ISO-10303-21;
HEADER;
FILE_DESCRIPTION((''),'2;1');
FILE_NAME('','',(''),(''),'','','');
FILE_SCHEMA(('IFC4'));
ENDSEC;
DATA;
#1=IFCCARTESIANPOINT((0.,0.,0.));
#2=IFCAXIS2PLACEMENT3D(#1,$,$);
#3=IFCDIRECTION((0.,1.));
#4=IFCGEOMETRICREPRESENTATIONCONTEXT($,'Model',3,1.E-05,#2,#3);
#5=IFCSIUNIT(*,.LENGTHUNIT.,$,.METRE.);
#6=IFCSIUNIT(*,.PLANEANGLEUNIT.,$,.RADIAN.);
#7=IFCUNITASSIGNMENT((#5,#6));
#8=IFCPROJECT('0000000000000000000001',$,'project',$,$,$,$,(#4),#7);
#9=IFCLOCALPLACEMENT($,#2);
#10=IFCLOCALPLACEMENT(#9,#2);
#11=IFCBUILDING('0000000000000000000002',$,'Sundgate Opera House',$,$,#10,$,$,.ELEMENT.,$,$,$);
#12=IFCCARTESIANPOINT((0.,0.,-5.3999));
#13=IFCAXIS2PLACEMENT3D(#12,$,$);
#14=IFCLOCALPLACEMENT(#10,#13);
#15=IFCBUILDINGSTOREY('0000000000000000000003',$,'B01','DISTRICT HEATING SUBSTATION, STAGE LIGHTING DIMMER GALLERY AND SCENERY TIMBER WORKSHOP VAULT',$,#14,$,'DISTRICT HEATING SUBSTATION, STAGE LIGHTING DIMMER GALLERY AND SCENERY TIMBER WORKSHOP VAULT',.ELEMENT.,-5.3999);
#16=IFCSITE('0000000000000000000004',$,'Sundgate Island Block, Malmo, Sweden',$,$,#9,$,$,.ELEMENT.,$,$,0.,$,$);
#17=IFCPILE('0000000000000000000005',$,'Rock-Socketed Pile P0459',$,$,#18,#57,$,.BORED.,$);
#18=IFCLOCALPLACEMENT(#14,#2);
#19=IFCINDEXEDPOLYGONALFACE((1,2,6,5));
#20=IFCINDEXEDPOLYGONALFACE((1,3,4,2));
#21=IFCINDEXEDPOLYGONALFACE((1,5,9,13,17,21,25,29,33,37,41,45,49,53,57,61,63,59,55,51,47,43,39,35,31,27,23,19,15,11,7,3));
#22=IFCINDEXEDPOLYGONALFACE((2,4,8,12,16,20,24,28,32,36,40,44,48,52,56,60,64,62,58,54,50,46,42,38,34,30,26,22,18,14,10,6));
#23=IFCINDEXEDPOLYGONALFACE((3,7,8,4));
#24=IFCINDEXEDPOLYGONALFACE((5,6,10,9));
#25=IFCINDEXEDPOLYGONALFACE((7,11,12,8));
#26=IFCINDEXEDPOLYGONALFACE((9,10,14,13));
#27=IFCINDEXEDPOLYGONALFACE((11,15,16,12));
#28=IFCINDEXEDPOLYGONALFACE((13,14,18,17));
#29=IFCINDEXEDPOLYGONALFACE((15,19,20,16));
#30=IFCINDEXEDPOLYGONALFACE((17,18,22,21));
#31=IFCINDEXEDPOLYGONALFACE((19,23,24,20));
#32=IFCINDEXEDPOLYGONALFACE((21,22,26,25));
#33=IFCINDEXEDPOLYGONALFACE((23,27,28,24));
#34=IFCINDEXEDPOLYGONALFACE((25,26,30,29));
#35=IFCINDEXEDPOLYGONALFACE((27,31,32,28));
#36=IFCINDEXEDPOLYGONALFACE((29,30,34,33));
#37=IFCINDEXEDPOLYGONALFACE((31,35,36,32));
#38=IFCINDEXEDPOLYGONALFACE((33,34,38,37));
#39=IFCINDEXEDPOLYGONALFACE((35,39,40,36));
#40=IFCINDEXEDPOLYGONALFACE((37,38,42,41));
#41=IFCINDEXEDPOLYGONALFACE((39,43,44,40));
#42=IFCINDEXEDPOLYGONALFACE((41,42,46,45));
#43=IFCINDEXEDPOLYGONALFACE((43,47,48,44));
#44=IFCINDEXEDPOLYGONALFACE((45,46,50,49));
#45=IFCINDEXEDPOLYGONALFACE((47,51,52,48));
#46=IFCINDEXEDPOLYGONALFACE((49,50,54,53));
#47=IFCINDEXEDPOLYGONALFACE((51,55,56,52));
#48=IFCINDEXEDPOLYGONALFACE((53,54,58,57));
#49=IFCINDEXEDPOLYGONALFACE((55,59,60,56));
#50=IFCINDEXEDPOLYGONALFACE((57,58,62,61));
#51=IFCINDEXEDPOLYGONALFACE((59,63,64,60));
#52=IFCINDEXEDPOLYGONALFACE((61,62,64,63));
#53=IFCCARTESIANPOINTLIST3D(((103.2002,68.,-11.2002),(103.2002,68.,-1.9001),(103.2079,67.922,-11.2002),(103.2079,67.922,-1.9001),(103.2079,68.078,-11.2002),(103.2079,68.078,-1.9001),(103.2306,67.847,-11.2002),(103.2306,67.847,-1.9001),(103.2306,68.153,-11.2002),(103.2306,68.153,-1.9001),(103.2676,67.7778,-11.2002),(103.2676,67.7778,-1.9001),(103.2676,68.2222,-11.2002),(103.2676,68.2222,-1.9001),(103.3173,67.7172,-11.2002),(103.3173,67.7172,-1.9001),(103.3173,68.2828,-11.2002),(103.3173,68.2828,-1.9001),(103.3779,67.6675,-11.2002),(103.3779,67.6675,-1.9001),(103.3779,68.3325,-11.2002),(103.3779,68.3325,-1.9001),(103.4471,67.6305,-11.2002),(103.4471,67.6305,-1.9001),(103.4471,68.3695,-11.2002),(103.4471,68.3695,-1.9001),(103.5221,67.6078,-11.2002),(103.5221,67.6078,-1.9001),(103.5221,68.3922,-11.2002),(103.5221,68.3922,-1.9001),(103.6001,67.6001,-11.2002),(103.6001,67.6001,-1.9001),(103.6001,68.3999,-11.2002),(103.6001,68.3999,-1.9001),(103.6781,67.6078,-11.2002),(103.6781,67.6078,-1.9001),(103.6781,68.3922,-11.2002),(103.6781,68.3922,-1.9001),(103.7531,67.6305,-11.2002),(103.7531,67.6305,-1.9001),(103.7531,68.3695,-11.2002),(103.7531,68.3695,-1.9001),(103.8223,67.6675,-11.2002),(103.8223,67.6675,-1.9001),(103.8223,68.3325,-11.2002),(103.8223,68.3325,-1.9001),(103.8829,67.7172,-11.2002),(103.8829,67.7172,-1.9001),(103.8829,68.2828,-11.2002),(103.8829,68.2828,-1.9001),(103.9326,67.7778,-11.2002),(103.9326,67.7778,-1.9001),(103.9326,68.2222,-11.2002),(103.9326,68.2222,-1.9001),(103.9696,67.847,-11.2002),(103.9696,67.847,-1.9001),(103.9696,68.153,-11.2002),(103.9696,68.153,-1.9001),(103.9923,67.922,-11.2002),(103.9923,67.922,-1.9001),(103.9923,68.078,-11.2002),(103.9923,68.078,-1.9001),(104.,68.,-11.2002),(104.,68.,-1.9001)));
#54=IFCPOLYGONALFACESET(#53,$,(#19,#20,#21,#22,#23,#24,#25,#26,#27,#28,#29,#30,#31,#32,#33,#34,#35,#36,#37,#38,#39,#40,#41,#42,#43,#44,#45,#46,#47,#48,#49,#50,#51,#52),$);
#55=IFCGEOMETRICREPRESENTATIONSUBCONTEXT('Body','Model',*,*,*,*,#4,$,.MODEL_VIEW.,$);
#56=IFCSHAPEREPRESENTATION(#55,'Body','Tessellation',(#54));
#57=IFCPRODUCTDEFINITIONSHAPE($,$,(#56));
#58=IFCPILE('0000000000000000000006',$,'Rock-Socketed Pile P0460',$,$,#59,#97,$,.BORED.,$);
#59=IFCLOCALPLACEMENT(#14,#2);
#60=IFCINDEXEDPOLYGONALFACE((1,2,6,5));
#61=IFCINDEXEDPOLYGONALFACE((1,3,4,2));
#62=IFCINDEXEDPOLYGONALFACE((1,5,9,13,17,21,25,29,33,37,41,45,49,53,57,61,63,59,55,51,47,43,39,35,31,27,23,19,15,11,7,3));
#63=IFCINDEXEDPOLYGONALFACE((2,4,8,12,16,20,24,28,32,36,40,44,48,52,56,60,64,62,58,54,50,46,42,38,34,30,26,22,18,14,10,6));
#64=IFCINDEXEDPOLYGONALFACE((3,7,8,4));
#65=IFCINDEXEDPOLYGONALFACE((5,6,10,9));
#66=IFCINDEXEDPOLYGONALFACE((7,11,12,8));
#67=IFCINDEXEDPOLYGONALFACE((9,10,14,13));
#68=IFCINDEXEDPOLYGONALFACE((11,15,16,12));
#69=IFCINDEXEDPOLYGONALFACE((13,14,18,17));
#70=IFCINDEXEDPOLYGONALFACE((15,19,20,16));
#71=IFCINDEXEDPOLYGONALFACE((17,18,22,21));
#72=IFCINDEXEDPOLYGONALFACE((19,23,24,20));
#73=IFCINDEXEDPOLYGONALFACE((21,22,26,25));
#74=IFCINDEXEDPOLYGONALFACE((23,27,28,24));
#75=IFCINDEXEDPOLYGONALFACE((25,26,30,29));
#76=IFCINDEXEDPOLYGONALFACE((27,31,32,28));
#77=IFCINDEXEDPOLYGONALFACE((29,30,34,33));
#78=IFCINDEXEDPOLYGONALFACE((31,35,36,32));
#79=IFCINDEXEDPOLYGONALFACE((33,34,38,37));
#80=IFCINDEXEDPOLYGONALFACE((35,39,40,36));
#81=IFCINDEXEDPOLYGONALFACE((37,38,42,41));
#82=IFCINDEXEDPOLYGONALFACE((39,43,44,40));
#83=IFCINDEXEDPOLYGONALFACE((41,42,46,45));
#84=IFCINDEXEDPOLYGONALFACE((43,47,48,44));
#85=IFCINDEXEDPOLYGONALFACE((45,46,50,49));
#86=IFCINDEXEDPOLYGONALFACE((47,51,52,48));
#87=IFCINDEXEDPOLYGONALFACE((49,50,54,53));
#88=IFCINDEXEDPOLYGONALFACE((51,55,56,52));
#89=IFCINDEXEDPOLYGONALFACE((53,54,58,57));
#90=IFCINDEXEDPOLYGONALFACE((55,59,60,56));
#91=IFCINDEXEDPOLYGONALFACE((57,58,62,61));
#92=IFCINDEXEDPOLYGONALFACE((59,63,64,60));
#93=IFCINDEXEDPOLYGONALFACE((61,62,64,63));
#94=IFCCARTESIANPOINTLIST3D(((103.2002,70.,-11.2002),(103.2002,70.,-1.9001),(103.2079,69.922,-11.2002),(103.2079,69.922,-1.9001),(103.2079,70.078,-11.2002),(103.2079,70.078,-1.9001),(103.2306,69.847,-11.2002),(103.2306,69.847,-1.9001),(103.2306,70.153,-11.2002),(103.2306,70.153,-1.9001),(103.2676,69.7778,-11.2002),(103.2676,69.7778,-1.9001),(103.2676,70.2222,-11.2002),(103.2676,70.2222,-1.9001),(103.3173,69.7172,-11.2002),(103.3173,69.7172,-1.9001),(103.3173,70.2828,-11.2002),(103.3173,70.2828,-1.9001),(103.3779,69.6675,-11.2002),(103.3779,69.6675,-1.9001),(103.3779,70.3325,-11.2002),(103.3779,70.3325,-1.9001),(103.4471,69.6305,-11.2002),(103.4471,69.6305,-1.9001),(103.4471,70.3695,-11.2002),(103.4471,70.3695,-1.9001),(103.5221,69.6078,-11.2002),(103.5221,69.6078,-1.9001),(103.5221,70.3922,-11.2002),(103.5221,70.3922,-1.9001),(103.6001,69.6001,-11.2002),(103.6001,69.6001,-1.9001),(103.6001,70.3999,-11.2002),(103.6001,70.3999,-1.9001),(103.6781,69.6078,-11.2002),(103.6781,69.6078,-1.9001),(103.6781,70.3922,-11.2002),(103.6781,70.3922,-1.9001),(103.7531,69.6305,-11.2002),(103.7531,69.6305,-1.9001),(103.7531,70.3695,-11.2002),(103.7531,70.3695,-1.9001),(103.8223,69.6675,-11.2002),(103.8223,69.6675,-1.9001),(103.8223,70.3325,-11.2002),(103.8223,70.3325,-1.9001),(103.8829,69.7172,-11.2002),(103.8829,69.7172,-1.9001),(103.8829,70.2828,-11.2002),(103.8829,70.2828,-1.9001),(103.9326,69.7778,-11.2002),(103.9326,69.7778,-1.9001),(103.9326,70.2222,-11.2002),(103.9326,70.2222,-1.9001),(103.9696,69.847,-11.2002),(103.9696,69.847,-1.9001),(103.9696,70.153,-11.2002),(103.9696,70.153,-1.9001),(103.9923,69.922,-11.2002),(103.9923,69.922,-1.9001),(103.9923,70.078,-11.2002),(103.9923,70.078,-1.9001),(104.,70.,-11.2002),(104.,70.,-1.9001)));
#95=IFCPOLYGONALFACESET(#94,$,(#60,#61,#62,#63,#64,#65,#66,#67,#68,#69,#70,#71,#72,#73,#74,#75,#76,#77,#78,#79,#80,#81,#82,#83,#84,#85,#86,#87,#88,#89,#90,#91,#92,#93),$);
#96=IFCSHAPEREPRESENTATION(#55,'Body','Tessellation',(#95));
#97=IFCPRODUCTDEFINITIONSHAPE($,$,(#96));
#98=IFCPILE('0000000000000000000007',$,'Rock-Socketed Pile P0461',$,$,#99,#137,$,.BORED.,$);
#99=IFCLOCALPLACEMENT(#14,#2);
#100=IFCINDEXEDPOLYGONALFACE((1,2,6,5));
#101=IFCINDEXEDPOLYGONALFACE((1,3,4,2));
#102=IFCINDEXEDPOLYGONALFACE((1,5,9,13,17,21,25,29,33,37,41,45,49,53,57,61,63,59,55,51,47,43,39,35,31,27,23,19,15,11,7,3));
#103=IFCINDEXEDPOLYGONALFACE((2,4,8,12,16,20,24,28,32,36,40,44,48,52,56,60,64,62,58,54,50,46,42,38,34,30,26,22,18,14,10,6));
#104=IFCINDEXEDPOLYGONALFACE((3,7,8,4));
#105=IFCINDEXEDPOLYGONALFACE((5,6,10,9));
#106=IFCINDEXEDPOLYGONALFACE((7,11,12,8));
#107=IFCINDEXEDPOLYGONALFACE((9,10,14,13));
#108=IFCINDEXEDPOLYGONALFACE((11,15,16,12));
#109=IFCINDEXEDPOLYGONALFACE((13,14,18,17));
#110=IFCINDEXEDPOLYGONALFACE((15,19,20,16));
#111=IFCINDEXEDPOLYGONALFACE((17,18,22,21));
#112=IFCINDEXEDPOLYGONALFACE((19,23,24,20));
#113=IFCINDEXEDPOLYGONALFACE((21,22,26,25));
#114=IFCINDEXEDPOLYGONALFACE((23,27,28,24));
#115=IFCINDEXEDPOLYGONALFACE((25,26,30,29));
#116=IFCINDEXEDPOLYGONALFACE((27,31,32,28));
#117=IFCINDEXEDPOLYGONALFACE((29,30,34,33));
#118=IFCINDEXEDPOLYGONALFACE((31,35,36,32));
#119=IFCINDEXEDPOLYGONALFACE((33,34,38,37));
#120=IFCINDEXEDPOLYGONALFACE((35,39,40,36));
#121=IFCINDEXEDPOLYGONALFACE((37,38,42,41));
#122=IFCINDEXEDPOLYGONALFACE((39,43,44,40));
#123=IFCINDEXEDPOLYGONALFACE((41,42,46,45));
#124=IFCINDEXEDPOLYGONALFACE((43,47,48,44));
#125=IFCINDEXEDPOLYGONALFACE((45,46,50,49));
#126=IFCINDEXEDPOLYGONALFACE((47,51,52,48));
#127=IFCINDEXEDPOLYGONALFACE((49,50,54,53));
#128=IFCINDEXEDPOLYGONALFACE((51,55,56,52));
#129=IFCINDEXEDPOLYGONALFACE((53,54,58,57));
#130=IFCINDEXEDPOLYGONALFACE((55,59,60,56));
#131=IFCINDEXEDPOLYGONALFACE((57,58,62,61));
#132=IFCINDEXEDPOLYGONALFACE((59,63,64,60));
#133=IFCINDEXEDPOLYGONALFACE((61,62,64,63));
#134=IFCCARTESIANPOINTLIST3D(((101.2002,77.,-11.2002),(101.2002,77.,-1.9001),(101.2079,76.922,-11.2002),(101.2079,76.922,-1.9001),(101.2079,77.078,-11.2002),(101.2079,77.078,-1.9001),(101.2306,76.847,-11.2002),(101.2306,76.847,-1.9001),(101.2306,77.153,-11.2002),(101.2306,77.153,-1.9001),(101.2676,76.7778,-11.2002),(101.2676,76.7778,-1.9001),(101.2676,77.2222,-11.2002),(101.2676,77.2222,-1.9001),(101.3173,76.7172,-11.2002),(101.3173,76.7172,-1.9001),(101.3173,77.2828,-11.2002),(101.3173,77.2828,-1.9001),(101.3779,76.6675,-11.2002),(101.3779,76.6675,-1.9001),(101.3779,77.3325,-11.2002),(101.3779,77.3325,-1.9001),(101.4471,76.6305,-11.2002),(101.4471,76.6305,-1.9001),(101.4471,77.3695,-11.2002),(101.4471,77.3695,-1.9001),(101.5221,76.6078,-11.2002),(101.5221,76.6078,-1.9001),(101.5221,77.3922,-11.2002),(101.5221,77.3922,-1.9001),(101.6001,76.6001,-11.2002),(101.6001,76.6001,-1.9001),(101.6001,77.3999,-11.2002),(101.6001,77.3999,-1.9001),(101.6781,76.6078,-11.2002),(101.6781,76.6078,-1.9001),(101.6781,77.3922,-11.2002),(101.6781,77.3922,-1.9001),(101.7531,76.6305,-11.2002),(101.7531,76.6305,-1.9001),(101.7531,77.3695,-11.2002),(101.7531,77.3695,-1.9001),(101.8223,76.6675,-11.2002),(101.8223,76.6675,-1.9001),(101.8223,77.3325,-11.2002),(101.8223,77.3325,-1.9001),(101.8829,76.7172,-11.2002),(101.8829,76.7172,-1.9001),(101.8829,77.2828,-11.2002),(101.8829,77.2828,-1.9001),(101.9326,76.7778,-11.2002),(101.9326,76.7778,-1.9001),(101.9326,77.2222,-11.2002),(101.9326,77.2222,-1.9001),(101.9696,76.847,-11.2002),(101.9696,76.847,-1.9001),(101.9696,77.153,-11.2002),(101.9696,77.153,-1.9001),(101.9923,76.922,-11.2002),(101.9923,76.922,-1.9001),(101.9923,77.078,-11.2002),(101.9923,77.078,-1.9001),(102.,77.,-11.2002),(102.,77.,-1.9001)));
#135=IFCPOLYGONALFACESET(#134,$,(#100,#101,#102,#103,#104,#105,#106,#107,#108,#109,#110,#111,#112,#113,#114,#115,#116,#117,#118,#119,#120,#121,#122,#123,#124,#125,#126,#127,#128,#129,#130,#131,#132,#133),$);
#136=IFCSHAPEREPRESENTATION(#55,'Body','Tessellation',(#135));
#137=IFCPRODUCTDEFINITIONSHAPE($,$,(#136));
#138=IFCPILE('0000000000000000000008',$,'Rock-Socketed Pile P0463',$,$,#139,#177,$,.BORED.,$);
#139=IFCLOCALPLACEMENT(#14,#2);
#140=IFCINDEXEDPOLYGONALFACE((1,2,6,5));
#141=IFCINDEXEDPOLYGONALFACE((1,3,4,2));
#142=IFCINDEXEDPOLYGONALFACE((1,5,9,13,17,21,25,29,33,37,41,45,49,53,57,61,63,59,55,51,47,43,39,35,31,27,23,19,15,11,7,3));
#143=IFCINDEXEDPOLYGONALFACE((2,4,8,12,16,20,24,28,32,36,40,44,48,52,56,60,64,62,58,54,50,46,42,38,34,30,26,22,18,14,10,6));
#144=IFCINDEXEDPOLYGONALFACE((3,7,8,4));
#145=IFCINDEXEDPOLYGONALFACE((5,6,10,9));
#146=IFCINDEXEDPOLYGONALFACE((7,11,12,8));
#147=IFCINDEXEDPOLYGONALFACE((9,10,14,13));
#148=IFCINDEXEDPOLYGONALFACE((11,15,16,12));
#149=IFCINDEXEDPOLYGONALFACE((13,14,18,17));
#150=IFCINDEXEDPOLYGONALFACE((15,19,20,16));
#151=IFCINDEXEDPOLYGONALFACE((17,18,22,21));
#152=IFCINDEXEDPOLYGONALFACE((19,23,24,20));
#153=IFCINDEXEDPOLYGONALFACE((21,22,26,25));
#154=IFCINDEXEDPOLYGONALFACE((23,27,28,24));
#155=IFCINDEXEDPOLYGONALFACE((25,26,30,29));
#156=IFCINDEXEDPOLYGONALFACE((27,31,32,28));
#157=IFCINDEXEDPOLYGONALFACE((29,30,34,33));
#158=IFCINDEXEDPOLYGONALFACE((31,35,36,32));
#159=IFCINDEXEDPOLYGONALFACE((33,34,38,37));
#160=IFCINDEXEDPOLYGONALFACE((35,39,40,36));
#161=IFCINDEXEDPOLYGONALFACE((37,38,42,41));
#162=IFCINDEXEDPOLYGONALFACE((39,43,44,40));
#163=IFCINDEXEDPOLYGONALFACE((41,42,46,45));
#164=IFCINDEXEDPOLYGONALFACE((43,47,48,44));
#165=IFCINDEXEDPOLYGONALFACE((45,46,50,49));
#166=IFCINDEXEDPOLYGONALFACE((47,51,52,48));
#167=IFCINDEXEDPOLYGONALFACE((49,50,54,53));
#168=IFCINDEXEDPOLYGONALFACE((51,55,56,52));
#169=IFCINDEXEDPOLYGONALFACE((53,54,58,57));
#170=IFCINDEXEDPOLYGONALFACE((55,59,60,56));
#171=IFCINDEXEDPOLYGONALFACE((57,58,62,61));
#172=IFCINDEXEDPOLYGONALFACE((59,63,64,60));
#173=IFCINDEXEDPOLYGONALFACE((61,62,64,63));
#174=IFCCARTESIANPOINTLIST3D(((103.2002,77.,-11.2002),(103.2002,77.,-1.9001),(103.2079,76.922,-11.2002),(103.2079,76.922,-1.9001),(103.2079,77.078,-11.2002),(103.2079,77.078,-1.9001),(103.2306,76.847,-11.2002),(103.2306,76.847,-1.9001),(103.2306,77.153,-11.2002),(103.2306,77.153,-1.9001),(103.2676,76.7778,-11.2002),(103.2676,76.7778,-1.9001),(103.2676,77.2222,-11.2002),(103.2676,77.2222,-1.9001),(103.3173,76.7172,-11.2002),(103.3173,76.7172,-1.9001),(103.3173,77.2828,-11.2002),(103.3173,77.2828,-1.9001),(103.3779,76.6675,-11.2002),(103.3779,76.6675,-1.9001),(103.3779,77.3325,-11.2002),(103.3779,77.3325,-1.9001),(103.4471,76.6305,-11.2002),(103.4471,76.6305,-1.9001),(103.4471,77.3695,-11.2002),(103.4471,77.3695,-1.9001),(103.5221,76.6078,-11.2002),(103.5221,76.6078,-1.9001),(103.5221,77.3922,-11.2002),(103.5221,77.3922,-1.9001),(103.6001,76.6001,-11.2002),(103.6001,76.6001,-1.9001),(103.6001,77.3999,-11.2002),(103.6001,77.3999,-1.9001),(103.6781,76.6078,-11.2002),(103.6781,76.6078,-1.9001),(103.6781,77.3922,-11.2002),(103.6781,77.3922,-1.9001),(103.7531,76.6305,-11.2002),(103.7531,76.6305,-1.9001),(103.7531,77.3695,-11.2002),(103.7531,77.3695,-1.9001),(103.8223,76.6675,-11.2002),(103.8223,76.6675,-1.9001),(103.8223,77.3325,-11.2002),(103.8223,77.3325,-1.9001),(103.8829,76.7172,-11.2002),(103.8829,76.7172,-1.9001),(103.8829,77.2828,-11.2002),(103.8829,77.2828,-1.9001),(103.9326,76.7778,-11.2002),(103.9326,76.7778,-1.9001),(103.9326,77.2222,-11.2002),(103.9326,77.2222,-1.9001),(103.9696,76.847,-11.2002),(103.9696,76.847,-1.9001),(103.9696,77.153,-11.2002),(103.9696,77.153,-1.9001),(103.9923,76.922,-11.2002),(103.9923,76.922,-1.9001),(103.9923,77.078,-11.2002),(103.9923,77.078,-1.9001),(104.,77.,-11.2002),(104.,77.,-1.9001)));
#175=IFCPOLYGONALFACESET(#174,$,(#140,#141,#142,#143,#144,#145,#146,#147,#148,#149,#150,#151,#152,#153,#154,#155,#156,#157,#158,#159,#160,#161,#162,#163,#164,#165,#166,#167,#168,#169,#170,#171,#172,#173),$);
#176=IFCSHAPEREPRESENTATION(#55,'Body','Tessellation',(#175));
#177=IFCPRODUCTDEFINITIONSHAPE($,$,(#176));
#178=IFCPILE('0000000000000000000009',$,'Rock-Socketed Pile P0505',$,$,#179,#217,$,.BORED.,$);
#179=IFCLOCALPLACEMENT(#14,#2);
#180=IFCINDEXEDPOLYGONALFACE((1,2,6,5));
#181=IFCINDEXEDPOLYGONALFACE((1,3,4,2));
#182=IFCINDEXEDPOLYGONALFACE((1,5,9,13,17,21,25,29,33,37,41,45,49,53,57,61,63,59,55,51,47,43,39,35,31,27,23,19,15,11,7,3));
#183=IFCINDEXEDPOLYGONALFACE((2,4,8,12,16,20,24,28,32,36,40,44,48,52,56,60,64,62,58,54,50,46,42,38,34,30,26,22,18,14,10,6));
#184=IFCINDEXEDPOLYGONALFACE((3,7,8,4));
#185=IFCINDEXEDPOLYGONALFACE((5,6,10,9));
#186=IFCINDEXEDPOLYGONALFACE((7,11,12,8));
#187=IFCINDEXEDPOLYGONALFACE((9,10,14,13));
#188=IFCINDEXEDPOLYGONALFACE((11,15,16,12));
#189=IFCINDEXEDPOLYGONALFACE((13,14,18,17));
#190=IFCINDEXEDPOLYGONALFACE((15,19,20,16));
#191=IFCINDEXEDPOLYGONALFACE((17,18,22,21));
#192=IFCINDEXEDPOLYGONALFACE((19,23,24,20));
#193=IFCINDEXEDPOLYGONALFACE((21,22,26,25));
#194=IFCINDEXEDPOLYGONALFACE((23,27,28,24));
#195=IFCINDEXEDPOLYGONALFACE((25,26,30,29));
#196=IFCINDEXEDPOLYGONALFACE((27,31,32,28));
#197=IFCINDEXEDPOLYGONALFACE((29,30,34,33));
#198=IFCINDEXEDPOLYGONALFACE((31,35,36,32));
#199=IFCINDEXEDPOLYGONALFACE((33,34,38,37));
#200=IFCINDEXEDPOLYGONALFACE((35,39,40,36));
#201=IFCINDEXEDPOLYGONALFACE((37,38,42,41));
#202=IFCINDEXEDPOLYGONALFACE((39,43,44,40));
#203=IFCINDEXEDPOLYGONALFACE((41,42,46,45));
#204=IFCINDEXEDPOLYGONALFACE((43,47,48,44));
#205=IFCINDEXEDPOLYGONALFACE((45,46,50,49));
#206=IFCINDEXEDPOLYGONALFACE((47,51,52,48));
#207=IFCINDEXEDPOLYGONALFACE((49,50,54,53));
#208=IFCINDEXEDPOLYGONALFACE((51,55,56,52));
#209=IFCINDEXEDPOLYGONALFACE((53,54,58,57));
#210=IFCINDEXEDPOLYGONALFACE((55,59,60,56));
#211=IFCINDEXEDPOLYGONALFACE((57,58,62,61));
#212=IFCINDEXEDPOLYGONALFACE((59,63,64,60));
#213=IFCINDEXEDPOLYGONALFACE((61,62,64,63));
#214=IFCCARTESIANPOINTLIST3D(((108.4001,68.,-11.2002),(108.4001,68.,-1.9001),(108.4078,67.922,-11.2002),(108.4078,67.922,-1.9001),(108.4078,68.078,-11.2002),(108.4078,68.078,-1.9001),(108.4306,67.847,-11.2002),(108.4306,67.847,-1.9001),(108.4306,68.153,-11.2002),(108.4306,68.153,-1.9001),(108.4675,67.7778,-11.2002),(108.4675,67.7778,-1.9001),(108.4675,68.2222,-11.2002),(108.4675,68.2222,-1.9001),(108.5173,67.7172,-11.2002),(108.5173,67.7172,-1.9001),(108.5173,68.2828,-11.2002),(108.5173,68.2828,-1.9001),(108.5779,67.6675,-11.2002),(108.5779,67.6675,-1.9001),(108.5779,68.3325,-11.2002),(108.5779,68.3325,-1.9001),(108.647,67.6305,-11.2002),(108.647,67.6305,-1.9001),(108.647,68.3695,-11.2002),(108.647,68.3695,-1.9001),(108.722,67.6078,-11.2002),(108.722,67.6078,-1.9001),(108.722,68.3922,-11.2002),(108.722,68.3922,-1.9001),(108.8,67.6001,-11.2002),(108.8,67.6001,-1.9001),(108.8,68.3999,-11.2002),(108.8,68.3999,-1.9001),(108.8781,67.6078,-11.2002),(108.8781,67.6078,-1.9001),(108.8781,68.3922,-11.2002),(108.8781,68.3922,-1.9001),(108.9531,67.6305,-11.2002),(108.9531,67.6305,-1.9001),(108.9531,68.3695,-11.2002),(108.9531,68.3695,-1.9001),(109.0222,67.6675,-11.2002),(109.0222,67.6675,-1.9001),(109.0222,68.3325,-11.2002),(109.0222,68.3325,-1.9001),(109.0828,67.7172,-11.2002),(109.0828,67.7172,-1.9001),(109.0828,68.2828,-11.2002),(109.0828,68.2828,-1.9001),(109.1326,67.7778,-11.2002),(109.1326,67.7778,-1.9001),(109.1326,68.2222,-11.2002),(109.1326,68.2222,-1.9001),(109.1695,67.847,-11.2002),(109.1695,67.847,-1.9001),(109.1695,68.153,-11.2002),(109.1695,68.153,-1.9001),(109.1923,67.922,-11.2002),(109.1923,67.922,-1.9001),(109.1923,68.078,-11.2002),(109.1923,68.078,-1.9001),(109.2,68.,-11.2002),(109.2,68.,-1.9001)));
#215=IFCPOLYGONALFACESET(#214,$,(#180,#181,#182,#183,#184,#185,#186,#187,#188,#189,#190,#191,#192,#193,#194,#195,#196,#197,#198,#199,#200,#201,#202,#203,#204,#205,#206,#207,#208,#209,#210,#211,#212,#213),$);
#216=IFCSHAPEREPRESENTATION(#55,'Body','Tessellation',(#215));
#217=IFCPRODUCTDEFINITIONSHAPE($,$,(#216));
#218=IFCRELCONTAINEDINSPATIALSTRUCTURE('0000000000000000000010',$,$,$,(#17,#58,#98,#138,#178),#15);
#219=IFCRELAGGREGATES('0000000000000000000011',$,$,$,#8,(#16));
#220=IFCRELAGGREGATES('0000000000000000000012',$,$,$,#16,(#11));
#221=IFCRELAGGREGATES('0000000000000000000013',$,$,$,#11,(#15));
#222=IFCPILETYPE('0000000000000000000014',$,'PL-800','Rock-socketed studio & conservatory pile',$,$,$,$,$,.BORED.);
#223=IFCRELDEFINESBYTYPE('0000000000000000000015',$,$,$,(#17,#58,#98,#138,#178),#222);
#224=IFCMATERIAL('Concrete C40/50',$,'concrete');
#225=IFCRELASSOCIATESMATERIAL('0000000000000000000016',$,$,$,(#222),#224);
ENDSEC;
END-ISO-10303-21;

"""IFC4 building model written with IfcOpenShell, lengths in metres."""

from ifc_helpers import new_model, si_unit, direction, frame, origin, origin_2d, place, context, subcontext, project, spatial, circle, extrude, material, material_profile, profile_set, type_object, element, save


model = new_model("IFC4")

# Units and contexts
model_context = context("Model", 3, precision=1e-05, world=origin(), true_north=direction((0.0, 1.0)))
body_context = subcontext(model_context, "Body", "Model", "MODEL_VIEW")
ifc_project = project(units=[si_unit("LENGTHUNIT", "METRE"), si_unit("PLANEANGLEUNIT", "RADIAN")], contexts=[model_context])

# Site, building, storey
site_placement = place(None, origin())
site = spatial("IfcSite", under=ifc_project, at=site_placement, Name="Sundgate Island Block, Malmo, Sweden", CompositionType="ELEMENT", RefElevation=0.0)
building_placement = place(site_placement, origin())
building = spatial("IfcBuilding", under=site, at=building_placement, Name="Sundgate Opera House", CompositionType="ELEMENT")
storey_placement = place(building_placement, frame((0.0, 0.0, -5.3999)))
storey = spatial("IfcBuildingStorey", under=building, at=storey_placement, Name="B01", Description="DISTRICT HEATING SUBSTATION, STAGE LIGHTING DIMMER GALLERY AND SCENERY TIMBER WORKSHOP VAULT", LongName="DISTRICT HEATING SUBSTATION, STAGE LIGHTING DIMMER GALLERY AND SCENERY TIMBER WORKSHOP VAULT", CompositionType="ELEMENT", Elevation=-5.3999)

# Piles
ifc_material_1 = material(Name="Concrete C40/50", Category="concrete")
ifc_material_profile_1 = material_profile(ifc_material_1, circle(Radius=0.3999, at=origin_2d()), Name="PILE D800")
ifc_profile_set_1 = profile_set([ifc_material_profile_1], Name="Concrete C40/50")
pile_type = type_object("IfcPileType", Name="PL-800", Description="Rock-socketed studio & conservatory pile", PredefinedType="BORED", material=ifc_profile_set_1)
for number, where, z_axis, x_axis, name in (
    (1, (103.6001, 68.0, -1.9001), (0.0, 0.0, -1.0), (1.0, 0.0, 0.0), "Rock-Socketed Pile P0459"),
    (2, (103.6001, 70.0, -1.9001), (0.0, 0.0, -1.0), (1.0, 0.0, 0.0), "Rock-Socketed Pile P0460"),
    (3, (101.6001, 77.0, -1.9001), (0.0, 0.0, -1.0), (1.0, 0.0, 0.0), "Rock-Socketed Pile P0461"),
    (4, (103.6001, 77.0, -1.9001), (0.0, 0.0, -1.0), (1.0, 0.0, 0.0), "Rock-Socketed Pile P0463"),
    (5, (108.8, 68.0, -1.9001), (0.0, 0.0, -1.0), (1.0, 0.0, 0.0), "Rock-Socketed Pile P0505"),
):
    element("IfcPile", number, at=place(storey_placement, frame(where, z_axis=z_axis, x_axis=x_axis)), inside=storey, type_object=pile_type, Name=name, PredefinedType="BORED", context=body_context, shape_type="SweptSolid", body=[
        extrude(circle(Radius=0.3999, at=origin_2d()), origin(), (0.0, 0.0, 1.0), 9.3),
    ])

save(model, "model.ifc")
